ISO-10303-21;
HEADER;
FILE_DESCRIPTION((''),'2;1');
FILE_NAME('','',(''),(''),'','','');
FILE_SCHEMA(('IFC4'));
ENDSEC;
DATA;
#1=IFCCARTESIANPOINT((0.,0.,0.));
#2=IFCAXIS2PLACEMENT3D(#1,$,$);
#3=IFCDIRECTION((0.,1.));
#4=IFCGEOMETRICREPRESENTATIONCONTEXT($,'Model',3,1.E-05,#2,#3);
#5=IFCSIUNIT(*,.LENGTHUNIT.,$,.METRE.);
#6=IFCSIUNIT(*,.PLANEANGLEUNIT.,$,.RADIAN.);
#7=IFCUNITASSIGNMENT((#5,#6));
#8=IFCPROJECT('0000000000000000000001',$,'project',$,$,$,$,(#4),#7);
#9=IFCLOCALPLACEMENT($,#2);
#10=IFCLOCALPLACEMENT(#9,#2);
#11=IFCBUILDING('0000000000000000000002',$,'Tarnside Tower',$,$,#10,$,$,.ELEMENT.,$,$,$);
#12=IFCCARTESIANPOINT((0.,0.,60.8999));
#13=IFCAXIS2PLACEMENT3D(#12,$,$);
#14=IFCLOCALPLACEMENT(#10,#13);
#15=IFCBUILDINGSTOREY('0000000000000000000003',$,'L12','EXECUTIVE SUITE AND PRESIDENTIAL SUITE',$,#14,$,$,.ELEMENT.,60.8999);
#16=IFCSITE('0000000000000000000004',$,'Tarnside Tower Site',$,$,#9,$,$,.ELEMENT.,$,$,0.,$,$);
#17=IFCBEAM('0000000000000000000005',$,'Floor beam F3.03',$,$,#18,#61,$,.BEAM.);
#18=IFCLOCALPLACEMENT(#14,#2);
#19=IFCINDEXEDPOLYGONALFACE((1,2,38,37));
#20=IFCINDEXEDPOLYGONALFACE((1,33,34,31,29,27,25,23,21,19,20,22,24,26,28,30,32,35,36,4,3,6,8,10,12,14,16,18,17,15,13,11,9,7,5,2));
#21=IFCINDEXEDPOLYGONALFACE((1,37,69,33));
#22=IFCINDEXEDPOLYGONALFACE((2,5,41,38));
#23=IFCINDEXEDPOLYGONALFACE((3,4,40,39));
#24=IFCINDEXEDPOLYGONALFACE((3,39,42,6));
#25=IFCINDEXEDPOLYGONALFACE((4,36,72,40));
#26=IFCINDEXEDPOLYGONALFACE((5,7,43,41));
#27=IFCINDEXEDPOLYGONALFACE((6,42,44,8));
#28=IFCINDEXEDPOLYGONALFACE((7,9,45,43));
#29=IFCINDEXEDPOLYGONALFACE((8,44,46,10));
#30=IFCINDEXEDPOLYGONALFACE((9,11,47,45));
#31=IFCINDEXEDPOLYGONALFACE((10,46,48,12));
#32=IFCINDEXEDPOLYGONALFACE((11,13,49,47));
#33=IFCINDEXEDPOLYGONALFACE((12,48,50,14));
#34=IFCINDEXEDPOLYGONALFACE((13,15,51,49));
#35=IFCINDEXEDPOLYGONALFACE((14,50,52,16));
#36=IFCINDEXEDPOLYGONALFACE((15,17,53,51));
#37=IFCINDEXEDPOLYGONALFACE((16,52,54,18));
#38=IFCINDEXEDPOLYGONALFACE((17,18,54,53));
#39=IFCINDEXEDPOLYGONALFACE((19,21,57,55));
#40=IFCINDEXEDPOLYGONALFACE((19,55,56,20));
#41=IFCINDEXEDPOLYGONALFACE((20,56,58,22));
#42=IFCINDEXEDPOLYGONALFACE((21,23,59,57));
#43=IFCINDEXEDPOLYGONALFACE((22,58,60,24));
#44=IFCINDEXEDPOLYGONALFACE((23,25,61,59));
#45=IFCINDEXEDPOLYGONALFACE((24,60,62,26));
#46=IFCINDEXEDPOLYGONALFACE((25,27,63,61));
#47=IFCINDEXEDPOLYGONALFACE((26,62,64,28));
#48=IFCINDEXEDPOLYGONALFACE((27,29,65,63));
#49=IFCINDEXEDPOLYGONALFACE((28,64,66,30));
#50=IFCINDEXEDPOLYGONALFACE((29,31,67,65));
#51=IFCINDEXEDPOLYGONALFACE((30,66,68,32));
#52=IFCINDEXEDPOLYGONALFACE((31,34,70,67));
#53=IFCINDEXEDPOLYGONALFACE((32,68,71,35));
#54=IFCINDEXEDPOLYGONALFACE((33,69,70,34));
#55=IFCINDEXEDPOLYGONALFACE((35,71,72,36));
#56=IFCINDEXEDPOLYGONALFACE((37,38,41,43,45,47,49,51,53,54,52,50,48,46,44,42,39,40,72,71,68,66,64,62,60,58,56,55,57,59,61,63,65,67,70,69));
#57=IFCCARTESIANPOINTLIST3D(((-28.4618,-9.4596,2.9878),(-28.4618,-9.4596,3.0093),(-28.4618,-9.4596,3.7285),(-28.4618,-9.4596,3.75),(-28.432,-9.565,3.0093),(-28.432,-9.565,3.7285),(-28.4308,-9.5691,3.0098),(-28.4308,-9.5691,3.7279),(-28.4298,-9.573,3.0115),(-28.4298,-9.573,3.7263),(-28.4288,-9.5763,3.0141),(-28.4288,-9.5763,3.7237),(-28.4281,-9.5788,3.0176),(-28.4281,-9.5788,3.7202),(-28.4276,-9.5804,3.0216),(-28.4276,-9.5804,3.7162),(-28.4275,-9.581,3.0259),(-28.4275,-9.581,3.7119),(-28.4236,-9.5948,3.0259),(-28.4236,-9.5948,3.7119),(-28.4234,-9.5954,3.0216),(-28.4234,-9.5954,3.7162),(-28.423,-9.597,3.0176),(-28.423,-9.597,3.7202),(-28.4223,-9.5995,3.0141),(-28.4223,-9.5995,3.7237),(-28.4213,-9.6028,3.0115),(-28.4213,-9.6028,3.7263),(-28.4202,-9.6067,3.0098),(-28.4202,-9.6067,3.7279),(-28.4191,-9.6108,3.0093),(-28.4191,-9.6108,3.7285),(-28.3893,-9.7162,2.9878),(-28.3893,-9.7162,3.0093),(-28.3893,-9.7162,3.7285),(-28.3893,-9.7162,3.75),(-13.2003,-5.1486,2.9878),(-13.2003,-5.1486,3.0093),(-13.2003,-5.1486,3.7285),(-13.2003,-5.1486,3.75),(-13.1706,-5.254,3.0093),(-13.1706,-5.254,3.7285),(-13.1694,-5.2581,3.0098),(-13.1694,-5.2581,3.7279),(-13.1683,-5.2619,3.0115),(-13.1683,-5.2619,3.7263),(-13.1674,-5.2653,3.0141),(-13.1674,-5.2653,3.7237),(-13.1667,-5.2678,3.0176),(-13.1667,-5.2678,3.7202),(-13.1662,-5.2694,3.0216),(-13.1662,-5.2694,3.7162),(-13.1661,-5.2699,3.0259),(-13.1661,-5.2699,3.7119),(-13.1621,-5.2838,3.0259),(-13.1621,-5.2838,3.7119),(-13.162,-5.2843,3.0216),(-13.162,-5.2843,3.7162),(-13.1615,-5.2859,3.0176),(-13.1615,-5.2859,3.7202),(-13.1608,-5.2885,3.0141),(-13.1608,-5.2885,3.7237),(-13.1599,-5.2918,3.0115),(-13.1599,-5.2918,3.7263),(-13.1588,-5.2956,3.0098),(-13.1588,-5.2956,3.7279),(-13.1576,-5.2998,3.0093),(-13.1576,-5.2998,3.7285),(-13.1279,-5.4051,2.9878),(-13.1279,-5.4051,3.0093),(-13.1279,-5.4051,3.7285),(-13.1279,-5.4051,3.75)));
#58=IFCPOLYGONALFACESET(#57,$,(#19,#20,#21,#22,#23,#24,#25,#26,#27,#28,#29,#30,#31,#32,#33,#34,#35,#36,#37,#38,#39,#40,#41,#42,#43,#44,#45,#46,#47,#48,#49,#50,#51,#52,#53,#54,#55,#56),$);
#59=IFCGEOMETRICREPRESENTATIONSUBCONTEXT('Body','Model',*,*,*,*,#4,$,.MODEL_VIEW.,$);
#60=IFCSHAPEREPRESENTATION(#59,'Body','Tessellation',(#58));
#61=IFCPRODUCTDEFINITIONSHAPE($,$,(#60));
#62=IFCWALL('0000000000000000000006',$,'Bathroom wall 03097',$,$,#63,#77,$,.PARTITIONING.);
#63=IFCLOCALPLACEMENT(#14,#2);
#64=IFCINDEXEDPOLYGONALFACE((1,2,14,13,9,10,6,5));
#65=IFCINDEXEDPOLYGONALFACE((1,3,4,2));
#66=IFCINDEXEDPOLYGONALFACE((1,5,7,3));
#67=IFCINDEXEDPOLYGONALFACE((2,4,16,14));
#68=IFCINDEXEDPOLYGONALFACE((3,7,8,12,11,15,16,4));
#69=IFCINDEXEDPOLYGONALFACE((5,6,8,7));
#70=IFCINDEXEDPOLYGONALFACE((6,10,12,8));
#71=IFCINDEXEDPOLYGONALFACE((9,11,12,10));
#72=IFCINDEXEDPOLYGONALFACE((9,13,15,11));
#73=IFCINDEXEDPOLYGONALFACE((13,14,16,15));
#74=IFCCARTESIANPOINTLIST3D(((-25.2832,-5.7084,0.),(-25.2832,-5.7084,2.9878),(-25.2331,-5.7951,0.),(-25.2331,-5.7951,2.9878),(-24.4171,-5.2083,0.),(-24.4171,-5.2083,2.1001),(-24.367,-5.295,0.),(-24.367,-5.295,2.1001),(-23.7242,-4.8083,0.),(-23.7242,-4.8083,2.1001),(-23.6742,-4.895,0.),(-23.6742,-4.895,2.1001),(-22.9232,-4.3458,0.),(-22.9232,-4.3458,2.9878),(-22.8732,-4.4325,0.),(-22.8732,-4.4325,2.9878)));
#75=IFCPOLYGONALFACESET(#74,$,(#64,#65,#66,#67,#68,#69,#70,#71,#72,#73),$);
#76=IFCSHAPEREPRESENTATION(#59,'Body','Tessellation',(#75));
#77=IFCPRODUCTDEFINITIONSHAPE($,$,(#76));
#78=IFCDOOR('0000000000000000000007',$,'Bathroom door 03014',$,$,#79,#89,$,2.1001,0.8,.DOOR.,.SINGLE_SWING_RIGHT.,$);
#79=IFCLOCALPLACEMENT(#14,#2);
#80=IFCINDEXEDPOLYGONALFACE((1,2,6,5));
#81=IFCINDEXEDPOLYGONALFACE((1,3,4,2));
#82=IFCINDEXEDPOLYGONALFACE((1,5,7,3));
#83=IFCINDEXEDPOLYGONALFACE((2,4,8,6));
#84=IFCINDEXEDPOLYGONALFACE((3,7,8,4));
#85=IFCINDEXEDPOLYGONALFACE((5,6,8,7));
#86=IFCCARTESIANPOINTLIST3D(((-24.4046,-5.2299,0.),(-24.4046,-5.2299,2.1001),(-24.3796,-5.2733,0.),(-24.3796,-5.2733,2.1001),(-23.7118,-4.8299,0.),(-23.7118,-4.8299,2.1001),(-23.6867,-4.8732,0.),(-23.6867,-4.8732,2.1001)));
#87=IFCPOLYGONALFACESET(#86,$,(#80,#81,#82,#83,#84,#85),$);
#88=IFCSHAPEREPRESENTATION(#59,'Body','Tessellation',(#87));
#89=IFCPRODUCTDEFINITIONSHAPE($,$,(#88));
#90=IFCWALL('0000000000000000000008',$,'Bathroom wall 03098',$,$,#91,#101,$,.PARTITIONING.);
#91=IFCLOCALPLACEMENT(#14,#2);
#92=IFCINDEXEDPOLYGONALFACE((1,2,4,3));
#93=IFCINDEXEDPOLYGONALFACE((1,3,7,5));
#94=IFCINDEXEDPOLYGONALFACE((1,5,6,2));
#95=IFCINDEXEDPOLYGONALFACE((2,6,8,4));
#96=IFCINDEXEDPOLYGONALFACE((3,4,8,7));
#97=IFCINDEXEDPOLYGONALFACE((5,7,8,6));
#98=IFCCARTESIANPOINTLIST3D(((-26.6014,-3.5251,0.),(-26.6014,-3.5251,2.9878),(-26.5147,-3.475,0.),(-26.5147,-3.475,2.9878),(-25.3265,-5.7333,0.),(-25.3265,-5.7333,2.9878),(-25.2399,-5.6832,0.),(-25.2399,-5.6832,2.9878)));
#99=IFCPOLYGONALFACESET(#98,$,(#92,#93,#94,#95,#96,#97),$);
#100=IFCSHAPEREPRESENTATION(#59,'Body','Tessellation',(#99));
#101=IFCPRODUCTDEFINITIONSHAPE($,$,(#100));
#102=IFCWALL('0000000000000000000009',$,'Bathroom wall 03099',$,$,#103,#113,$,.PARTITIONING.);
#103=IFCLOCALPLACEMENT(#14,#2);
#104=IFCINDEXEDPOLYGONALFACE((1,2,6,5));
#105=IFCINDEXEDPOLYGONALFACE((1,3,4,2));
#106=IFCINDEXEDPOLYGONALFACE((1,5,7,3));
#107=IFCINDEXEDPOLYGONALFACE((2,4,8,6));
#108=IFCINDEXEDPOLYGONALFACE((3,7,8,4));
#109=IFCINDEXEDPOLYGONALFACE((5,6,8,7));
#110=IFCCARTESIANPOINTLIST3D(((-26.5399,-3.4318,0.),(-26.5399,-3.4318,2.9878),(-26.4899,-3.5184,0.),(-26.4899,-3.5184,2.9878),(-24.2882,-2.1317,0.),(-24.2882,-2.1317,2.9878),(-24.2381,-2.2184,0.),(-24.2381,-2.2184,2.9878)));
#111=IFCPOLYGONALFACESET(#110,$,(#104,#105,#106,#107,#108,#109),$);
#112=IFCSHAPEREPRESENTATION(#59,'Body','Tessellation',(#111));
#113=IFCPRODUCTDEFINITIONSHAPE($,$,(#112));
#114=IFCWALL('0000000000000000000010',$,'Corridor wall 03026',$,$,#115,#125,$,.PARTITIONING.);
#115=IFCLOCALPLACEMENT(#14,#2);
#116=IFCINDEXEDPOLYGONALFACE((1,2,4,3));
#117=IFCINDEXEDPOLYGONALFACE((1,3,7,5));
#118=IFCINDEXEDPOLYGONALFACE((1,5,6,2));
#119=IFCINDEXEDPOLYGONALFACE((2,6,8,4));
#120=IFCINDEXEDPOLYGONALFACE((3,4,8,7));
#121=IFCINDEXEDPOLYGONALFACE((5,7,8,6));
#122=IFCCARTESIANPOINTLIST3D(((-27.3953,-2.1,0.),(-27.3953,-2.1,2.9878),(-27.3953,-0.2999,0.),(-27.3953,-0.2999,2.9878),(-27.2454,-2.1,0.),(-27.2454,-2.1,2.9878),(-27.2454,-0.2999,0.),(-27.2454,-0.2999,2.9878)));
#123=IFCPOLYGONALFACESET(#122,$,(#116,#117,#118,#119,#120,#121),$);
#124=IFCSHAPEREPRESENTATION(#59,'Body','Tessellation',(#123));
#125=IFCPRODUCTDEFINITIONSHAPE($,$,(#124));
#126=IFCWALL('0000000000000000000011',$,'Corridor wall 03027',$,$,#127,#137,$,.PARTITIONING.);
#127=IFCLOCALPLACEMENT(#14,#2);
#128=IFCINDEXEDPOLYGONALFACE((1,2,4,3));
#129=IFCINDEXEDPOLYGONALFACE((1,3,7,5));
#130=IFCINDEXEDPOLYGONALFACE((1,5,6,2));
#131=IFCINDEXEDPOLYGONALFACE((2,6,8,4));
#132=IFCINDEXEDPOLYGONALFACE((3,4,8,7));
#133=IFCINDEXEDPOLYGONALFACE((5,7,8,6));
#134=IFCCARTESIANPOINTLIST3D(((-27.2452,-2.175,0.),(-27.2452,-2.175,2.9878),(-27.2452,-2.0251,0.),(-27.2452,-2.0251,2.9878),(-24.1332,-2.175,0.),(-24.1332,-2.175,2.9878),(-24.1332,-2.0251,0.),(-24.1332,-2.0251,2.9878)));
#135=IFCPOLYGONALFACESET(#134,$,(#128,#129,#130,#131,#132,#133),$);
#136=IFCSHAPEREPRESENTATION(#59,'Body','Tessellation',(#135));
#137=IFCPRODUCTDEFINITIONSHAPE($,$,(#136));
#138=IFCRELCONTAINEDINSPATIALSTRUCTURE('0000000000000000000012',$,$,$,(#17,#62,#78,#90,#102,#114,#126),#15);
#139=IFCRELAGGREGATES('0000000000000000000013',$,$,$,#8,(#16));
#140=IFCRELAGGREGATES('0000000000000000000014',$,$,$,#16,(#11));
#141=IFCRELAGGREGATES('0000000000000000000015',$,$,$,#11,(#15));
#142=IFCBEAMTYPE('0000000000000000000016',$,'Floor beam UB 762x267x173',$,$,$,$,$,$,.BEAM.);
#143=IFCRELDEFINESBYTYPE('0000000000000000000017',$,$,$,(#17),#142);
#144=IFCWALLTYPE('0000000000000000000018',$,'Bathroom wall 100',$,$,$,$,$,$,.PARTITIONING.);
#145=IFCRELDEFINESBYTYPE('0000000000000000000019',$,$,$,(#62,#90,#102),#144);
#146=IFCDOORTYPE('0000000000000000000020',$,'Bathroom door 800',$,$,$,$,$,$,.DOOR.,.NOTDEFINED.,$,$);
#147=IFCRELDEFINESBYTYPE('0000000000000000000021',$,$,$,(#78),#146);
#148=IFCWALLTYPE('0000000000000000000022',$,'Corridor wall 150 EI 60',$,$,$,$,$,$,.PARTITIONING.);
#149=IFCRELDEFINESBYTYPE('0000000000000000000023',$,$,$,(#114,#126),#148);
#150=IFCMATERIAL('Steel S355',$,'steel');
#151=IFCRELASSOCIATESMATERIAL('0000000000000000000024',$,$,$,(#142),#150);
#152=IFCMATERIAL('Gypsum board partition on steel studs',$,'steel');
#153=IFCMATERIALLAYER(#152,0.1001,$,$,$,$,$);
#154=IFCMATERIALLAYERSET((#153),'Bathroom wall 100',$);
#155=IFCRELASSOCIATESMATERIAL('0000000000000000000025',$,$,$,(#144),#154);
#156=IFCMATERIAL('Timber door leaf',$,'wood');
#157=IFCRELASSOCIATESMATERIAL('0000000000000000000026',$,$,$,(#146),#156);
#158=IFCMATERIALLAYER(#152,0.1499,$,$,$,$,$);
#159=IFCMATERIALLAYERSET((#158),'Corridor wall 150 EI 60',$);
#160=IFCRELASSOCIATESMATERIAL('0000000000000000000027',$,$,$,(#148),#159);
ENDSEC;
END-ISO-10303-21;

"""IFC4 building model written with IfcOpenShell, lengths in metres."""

from ifc_helpers import new_model, si_unit, direction, frame, frame_2d, origin, origin_2d, place, context, subcontext, project, spatial, rectangle, i_section, extrude, material, layer, layer_set, material_profile, profile_set, type_object, element, fill, save


model = new_model("IFC4")

# Units and contexts
model_context = context("Model", 3, precision=1e-05, world=origin(), true_north=direction((0.0, 1.0)))
body_context = subcontext(model_context, "Body", "Model", "MODEL_VIEW")
ifc_project = project(units=[si_unit("LENGTHUNIT", "METRE"), si_unit("PLANEANGLEUNIT", "RADIAN")], contexts=[model_context])

# Site, building, storey
site_placement = place(None, origin())
site = spatial("IfcSite", under=ifc_project, at=site_placement, Name="Tarnside Tower Site", CompositionType="ELEMENT", RefElevation=0.0)
building_placement = place(site_placement, origin())
building = spatial("IfcBuilding", under=site, at=building_placement, Name="Tarnside Tower", CompositionType="ELEMENT")
storey_placement = place(building_placement, frame((0.0, 0.0, 60.8999)))
storey = spatial("IfcBuildingStorey", under=building, at=storey_placement, Name="L12", Description="EXECUTIVE SUITE AND PRESIDENTIAL SUITE", CompositionType="ELEMENT", Elevation=60.8999)

# Beam
ifc_material_1 = material(Name="Steel S355", Category="steel")
ifc_material_profile = material_profile(ifc_material_1, i_section(OverallWidth=0.2666, OverallDepth=0.7622, WebThickness=0.0144, FlangeThickness=0.0215, FilletRadius=0.0166, at=origin_2d()), Name="UB 762x267x173")
ifc_profile_set = profile_set([ifc_material_profile], Name="Steel S355")
beam_type = type_object("IfcBeamType", Name="Floor beam UB 762x267x173", PredefinedType="BEAM", material=ifc_profile_set)
beam_placement = place(storey_placement, frame((-28.4255, -9.5879, 3.3689), z_axis=(0.962342, 0.271841, 0.0), x_axis=(-0.271841, 0.962342, 0.0)))
element("IfcBeam", 1, at=beam_placement, inside=storey, type_object=beam_type, Name="Floor beam F3.03", PredefinedType="BEAM", context=body_context, shape_type="SweptSolid", body=[
    extrude(i_section(OverallWidth=0.2666, OverallDepth=0.7622, WebThickness=0.0144, FlangeThickness=0.0215, FilletRadius=0.0166, at=origin_2d()), origin(), (0.0, 0.0, 1.0), 15.8586),
])

# Wall, opening, door
ifc_material_2 = material(Name="Gypsum board partition on steel studs", Category="steel")
ifc_layer_1 = layer(ifc_material_2, 0.1001)
ifc_layer_set_1 = layer_set([ifc_layer_1], Name="Bathroom wall 100")
wall_type_1 = type_object("IfcWallType", Name="Bathroom wall 100", PredefinedType="PARTITIONING", material=ifc_layer_set_1)
wall_1_placement = place(storey_placement, frame((-22.8982, -4.3892, 0.0), z_axis=(0.0, 0.0, 1.0), x_axis=(-0.866013, -0.500022, 0.0)))
wall_1 = element("IfcWall", 2, at=wall_1_placement, inside=storey, type_object=wall_type_1, Name="Bathroom wall 03097", PredefinedType="PARTITIONING", context=body_context, shape_type="SweptSolid", body=[
    extrude(rectangle(XDim=2.7251, YDim=0.1001, at=frame_2d((1.3625, 0.0))), origin(), (0.0, 0.0, 1.0), 2.9878),
])
opening_1_placement = place(wall_1_placement, frame((0.925, 0.0, 0.0)))
opening_1 = element("IfcOpeningElement", 3, at=opening_1_placement, cuts=wall_1, PredefinedType="OPENING", context=body_context, shape_type="SweptSolid", body=[
    extrude(rectangle(XDim=0.8, YDim=2.1001, at=frame_2d((0.3999, 1.05))), frame((0.0, 0.0601, 0.0), z_axis=(0.0, -1.0, 0.0), x_axis=(1.0, 0.0, 0.0)), (0.0, 0.0, 1.0), 0.1201),
])
ifc_material_3 = material(Name="Timber door leaf", Category="wood")
door_type_1 = type_object("IfcDoorType", Name="Bathroom door 800", OperationType="NOTDEFINED", PredefinedType="DOOR", material=ifc_material_3)
door_1_placement = place(opening_1_placement, origin())
door_1 = element("IfcDoor", 4, at=door_1_placement, inside=storey, type_object=door_type_1, Name="Bathroom door 03014", OperationType="SINGLE_SWING_RIGHT", OverallHeight=2.1001, OverallWidth=0.8, PredefinedType="DOOR", context=body_context, shape_type="SweptSolid", body=[
    extrude(rectangle(XDim=0.8, YDim=2.1001, at=frame_2d((0.3999, 1.05))), frame((0.0, 0.0249, 0.0), z_axis=(0.0, -1.0, 0.0), x_axis=(1.0, 0.0, 0.0)), (0.0, 0.0, 1.0), 0.05),
])
fill(opening_1, door_1)

# Walls
wall_2_placement = place(storey_placement, frame((-25.2832, -5.7083, 0.0), z_axis=(0.0, 0.0, 1.0), x_axis=(-0.49999, 0.866031, 0.0)))
element("IfcWall", 5, at=wall_2_placement, inside=storey, type_object=wall_type_1, Name="Bathroom wall 03098", PredefinedType="PARTITIONING", context=body_context, shape_type="SweptSolid", body=[
    extrude(rectangle(XDim=2.5498, YDim=0.1001, at=frame_2d((1.2749, 0.0))), origin(), (0.0, 0.0, 1.0), 2.9878),
])
wall_3_placement = place(storey_placement, frame((-26.5149, -3.4751, 0.0), z_axis=(0.0, 0.0, 1.0), x_axis=(0.866021, 0.500007, 0.0)))
element("IfcWall", 6, at=wall_3_placement, inside=storey, type_object=wall_type_1, Name="Bathroom wall 03099", PredefinedType="PARTITIONING", context=body_context, shape_type="SweptSolid", body=[
    extrude(rectangle(XDim=2.6001, YDim=0.1001, at=frame_2d((1.3, 0.0))), origin(), (0.0, 0.0, 1.0), 2.9878),
])
ifc_layer_2 = layer(ifc_material_2, 0.1499)
ifc_layer_set_2 = layer_set([ifc_layer_2], Name="Corridor wall 150 EI 60")
wall_type_2 = type_object("IfcWallType", Name="Corridor wall 150 EI 60", PredefinedType="PARTITIONING", material=ifc_layer_set_2)
wall_4_placement = place(storey_placement, frame((-27.3203, -0.3, 0.0), z_axis=(0.0, 0.0, 1.0), x_axis=(0.0, -1.0, 0.0)))
element("IfcWall", 7, at=wall_4_placement, inside=storey, type_object=wall_type_2, Name="Corridor wall 03026", PredefinedType="PARTITIONING", context=body_context, shape_type="SweptSolid", body=[
    extrude(rectangle(XDim=1.8, YDim=0.1499, at=frame_2d((0.8999, 0.0))), origin(), (0.0, 0.0, 1.0), 2.9878),
])
wall_5_placement = place(storey_placement, frame((-27.2454, -2.1001, 0.0), z_axis=(0.0, 0.0, 1.0), x_axis=(1.0, 0.0, 0.0)))
element("IfcWall", 8, at=wall_5_placement, inside=storey, type_object=wall_type_2, Name="Corridor wall 03027", PredefinedType="PARTITIONING", context=body_context, shape_type="SweptSolid", body=[
    extrude(rectangle(XDim=3.1121, YDim=0.1499, at=frame_2d((1.5562, 0.0))), origin(), (0.0, 0.0, 1.0), 2.9878),
])

save(model, "model.ifc")
